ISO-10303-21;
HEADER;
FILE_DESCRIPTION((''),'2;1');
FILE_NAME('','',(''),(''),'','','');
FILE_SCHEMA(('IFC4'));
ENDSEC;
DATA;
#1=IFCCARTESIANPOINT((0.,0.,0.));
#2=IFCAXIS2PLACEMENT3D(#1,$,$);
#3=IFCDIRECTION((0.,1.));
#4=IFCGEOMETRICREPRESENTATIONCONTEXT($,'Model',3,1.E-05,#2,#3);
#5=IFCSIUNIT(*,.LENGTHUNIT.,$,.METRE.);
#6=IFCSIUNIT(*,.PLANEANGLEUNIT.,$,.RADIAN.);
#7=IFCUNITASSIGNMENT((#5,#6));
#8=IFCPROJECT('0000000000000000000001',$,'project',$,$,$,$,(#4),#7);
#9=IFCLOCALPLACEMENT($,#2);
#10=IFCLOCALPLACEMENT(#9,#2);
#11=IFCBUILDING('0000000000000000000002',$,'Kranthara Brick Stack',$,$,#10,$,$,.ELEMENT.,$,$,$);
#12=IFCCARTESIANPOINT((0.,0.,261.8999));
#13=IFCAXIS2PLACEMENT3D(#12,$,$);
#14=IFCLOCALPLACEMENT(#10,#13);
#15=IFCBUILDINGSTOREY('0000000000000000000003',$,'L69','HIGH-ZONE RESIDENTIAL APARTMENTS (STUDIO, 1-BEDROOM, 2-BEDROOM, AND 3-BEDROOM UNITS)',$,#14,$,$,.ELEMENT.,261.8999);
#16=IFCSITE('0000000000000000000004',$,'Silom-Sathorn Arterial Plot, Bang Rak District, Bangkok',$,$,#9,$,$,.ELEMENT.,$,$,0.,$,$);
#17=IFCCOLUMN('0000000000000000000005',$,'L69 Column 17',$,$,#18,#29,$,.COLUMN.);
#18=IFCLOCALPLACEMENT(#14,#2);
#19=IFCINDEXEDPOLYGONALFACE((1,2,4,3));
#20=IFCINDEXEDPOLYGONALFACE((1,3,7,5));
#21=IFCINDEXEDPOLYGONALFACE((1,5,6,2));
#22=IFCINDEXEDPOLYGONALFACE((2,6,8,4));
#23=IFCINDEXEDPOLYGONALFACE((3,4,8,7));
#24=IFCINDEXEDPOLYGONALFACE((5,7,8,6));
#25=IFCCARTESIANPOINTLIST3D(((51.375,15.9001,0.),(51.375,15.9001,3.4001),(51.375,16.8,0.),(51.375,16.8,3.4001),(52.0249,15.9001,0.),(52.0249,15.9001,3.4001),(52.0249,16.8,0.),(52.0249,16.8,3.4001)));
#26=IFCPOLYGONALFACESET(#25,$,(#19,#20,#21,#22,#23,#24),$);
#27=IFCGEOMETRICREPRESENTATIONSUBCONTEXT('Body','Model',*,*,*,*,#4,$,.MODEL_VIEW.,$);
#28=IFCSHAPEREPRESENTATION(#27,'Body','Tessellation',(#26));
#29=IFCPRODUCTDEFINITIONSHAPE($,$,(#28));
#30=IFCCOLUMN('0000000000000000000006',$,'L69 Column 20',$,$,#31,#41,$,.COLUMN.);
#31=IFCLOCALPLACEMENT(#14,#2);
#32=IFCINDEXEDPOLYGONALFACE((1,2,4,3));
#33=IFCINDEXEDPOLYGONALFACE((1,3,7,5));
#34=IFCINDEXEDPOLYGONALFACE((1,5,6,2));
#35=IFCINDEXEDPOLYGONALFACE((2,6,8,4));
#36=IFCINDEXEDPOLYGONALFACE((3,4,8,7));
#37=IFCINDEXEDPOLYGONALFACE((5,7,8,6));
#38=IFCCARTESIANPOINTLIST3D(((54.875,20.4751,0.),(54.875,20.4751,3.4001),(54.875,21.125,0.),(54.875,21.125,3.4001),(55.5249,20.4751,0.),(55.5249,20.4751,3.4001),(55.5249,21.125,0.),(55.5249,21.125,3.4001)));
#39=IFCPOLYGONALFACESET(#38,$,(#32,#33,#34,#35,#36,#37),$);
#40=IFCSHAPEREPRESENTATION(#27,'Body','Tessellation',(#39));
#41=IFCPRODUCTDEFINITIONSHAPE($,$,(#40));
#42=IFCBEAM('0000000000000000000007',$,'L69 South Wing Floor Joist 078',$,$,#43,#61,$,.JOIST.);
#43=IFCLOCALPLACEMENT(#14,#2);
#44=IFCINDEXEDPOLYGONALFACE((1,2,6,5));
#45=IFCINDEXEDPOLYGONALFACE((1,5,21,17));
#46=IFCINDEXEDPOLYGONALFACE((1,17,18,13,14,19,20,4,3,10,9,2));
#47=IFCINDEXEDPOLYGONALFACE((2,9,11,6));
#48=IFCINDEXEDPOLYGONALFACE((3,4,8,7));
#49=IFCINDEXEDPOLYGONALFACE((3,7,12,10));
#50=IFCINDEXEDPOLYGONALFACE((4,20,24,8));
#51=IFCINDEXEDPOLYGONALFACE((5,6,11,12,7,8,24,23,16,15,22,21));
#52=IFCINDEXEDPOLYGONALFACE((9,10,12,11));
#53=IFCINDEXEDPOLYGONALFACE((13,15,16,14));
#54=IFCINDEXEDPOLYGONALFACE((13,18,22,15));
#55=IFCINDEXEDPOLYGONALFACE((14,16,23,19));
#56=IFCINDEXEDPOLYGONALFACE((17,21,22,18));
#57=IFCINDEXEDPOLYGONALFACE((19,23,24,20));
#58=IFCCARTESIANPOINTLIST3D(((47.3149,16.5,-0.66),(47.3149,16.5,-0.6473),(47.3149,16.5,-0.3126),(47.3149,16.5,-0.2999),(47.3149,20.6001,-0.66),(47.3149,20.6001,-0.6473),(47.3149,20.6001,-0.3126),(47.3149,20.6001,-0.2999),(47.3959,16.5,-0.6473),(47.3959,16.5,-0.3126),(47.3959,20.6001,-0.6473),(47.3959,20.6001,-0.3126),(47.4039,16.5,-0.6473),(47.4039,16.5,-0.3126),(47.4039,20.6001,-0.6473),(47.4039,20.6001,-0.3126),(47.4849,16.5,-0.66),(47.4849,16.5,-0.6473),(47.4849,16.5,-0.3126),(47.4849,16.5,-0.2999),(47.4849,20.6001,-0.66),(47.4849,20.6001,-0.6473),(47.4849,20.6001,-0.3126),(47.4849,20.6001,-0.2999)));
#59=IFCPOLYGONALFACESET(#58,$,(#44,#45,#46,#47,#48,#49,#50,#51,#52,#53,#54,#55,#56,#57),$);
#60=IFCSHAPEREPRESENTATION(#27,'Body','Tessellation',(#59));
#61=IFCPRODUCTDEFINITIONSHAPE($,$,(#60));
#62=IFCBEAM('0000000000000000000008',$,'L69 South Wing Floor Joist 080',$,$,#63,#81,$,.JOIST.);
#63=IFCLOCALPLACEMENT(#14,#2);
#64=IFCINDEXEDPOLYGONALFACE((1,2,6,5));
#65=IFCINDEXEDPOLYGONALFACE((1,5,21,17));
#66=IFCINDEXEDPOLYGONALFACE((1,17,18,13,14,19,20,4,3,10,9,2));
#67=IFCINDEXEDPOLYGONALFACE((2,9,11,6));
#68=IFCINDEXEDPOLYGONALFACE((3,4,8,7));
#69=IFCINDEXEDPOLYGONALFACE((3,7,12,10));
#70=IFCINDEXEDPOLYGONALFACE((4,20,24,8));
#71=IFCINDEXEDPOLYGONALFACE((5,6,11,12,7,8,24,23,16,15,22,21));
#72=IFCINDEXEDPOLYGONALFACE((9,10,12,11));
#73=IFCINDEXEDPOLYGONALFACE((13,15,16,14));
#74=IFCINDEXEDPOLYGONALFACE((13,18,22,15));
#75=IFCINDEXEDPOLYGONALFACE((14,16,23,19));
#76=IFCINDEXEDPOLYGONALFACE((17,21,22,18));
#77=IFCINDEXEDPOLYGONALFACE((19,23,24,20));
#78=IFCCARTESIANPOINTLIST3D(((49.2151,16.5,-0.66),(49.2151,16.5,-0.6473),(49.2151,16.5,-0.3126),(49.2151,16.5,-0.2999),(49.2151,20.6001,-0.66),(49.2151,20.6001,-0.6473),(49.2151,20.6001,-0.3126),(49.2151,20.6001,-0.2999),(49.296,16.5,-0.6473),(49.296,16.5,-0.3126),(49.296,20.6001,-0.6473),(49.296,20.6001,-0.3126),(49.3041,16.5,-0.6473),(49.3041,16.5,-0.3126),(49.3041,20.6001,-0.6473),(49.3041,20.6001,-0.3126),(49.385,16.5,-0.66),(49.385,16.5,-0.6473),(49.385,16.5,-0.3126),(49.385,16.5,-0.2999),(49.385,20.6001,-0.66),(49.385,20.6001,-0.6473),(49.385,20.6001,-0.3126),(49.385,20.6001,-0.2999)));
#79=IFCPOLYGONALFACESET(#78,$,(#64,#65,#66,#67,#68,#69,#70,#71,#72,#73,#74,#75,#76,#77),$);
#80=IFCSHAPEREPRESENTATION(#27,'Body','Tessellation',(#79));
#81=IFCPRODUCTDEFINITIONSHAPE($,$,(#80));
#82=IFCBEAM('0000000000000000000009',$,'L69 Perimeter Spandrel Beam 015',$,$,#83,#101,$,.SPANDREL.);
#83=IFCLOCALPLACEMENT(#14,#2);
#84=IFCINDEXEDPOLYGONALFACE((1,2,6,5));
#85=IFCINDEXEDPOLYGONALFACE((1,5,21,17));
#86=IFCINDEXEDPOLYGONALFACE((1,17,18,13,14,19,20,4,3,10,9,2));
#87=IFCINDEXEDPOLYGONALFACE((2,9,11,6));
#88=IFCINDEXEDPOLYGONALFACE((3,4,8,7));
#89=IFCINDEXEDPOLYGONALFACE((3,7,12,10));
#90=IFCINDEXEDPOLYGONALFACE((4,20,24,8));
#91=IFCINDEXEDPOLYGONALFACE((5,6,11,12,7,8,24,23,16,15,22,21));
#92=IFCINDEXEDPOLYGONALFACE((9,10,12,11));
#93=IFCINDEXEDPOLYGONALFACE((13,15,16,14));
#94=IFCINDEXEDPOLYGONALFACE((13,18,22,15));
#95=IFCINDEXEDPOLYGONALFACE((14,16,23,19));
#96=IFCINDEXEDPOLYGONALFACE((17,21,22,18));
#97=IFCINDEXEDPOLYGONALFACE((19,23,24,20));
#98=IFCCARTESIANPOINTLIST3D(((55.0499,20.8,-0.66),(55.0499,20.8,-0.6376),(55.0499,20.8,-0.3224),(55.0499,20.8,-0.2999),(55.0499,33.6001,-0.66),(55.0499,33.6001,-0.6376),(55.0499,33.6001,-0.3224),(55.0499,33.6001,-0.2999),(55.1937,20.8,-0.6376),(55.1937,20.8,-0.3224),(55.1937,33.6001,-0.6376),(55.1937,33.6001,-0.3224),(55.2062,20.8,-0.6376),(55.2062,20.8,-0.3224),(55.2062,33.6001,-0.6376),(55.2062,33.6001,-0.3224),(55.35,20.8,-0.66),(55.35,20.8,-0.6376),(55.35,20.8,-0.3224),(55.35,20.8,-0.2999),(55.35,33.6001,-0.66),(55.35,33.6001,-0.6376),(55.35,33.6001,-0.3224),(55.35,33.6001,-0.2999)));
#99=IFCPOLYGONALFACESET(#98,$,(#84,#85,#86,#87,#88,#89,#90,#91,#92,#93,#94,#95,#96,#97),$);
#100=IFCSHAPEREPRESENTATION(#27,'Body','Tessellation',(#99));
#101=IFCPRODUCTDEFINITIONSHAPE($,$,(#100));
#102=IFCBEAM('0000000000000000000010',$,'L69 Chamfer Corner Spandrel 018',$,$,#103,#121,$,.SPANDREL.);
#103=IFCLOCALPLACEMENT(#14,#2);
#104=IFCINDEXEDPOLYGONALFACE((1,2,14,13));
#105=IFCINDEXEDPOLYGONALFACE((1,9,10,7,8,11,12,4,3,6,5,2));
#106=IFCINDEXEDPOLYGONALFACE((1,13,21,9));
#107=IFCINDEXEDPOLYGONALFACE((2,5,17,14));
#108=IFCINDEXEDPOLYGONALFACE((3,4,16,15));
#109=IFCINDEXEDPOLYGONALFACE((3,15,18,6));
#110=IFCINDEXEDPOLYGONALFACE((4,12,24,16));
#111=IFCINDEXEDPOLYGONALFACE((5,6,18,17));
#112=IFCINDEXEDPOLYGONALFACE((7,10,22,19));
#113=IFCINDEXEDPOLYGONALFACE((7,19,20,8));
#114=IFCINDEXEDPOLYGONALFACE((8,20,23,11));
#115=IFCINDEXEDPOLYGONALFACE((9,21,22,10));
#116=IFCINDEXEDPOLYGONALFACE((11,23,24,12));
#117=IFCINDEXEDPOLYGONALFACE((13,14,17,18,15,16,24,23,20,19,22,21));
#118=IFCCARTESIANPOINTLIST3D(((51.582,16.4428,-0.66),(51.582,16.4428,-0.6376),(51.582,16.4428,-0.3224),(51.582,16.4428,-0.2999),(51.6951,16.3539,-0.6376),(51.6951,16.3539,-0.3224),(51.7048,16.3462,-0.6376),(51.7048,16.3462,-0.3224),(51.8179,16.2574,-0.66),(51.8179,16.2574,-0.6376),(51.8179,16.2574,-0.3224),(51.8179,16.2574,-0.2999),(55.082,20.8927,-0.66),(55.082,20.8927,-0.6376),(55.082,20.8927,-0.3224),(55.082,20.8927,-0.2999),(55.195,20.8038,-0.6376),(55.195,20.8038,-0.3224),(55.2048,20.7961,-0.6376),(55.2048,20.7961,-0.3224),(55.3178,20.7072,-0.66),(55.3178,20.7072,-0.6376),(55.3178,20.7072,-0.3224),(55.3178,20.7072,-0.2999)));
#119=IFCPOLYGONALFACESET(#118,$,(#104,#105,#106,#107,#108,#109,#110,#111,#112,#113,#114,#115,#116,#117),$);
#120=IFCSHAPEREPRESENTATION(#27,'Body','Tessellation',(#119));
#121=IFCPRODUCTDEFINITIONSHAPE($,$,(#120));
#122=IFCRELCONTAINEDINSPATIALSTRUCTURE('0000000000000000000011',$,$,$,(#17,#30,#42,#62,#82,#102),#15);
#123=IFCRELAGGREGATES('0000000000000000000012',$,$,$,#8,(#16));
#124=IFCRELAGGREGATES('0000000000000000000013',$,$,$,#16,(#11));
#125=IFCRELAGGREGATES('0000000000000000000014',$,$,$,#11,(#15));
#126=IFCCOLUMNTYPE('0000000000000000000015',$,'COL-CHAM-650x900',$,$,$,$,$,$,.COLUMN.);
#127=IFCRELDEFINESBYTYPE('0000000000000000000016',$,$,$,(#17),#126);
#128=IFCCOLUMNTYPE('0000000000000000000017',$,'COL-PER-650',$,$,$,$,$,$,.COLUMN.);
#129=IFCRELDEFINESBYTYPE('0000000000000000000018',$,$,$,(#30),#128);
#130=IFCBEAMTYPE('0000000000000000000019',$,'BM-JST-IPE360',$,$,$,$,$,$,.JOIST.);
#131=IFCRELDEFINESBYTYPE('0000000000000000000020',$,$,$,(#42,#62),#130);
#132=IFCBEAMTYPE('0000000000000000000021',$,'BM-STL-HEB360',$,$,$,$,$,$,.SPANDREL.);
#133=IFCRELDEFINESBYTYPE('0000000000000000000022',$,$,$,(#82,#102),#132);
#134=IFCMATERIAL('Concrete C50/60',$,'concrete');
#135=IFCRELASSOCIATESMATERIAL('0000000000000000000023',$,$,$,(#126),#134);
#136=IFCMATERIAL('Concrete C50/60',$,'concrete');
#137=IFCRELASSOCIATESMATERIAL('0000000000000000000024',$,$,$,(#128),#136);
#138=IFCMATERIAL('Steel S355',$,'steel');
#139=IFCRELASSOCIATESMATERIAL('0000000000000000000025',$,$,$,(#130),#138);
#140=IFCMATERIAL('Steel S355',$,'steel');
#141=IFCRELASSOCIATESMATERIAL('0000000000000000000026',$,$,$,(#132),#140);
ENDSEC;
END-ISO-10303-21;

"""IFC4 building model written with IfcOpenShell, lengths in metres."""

from ifc_helpers import new_model, si_unit, direction, frame, origin, origin_2d, place, context, subcontext, project, spatial, rectangle, i_section, extrude, material, material_profile, profile_set, type_object, element, save


model = new_model("IFC4")

# Units and contexts
model_context = context("Model", 3, precision=1e-05, world=origin(), true_north=direction((0.0, 1.0)))
body_context = subcontext(model_context, "Body", "Model", "MODEL_VIEW")
ifc_project = project(units=[si_unit("LENGTHUNIT", "METRE"), si_unit("PLANEANGLEUNIT", "RADIAN")], contexts=[model_context])

# Site, building, storey
site_placement = place(None, origin())
site = spatial("IfcSite", under=ifc_project, at=site_placement, Name="Silom-Sathorn Arterial Plot, Bang Rak District, Bangkok", CompositionType="ELEMENT", RefElevation=0.0)
building_placement = place(site_placement, origin())
building = spatial("IfcBuilding", under=site, at=building_placement, Name="Kranthara Brick Stack", CompositionType="ELEMENT")
storey_placement = place(building_placement, frame((0.0, 0.0, 261.8999)))
storey = spatial("IfcBuildingStorey", under=building, at=storey_placement, Name="L69", Description="HIGH-ZONE RESIDENTIAL APARTMENTS (STUDIO, 1-BEDROOM, 2-BEDROOM, AND 3-BEDROOM UNITS)", CompositionType="ELEMENT", Elevation=261.8999)

# Columns
ifc_material_1 = material(Name="Concrete C50/60", Category="concrete")
ifc_material_profile_1 = material_profile(ifc_material_1, rectangle(XDim=0.6499, YDim=0.8999, at=origin_2d()), Name="RC 650x900")
ifc_profile_set_1 = profile_set([ifc_material_profile_1], Name="Concrete C50/60")
column_type_1 = type_object("IfcColumnType", Name="COL-CHAM-650x900", PredefinedType="COLUMN", material=ifc_profile_set_1)
column_1_placement = place(storey_placement, frame((51.7, 16.3501, 0.0), z_axis=(0.0, 0.0, 1.0), x_axis=(1.0, 0.0, 0.0)))
element("IfcColumn", 1, at=column_1_placement, inside=storey, type_object=column_type_1, Name="L69 Column 17", PredefinedType="COLUMN", context=body_context, shape_type="SweptSolid", body=[
    extrude(rectangle(XDim=0.6499, YDim=0.8999, at=origin_2d()), origin(), (0.0, 0.0, 1.0), 3.4001),
])
ifc_material_2 = material(Name="Concrete C50/60", Category="concrete")
ifc_material_profile_2 = material_profile(ifc_material_2, rectangle(XDim=0.6499, YDim=0.6499, at=origin_2d()), Name="RC 650x650")
ifc_profile_set_2 = profile_set([ifc_material_profile_2], Name="Concrete C50/60")
column_type_2 = type_object("IfcColumnType", Name="COL-PER-650", PredefinedType="COLUMN", material=ifc_profile_set_2)
column_2_placement = place(storey_placement, frame((55.2, 20.8, 0.0), z_axis=(0.0, 0.0, 1.0), x_axis=(1.0, 0.0, 0.0)))
element("IfcColumn", 2, at=column_2_placement, inside=storey, type_object=column_type_2, Name="L69 Column 20", PredefinedType="COLUMN", context=body_context, shape_type="SweptSolid", body=[
    extrude(rectangle(XDim=0.6499, YDim=0.6499, at=origin_2d()), origin(), (0.0, 0.0, 1.0), 3.4001),
])

# Beams
ifc_material_3 = material(Name="Steel S355", Category="steel")
ifc_material_profile_3 = material_profile(ifc_material_3, i_section(OverallWidth=0.1699, OverallDepth=0.3601, WebThickness=0.0081, FlangeThickness=0.0127, at=origin_2d()), Name="IPE 360")
ifc_profile_set_3 = profile_set([ifc_material_profile_3], Name="Steel S355")
beam_type_1 = type_object("IfcBeamType", Name="BM-JST-IPE360", PredefinedType="JOIST", material=ifc_profile_set_3)
for number, where, z_axis, x_axis, name in (
    (3, (47.3999, 16.5, -0.48), (0.0, 1.0, 0.0), (-1.0, 0.0, 0.0), "L69 South Wing Floor Joist 078"),
    (4, (49.3, 16.5, -0.48), (0.0, 1.0, 0.0), (-1.0, 0.0, 0.0), "L69 South Wing Floor Joist 080"),
):
    element("IfcBeam", number, at=place(storey_placement, frame(where, z_axis=z_axis, x_axis=x_axis)), inside=storey, type_object=beam_type_1, Name=name, PredefinedType="JOIST", context=body_context, shape_type="SweptSolid", body=[
        extrude(i_section(OverallWidth=0.1699, OverallDepth=0.3601, WebThickness=0.0081, FlangeThickness=0.0127, at=origin_2d()), origin(), (0.0, 0.0, 1.0), 4.1001),
    ])
ifc_material_4 = material(Name="Steel S355", Category="steel")
ifc_material_profile_4 = material_profile(ifc_material_4, i_section(OverallWidth=0.3, OverallDepth=0.3601, WebThickness=0.0125, FlangeThickness=0.0225, at=origin_2d()), Name="HEB 360")
ifc_profile_set_4 = profile_set([ifc_material_profile_4], Name="Steel S355")
beam_type_2 = type_object("IfcBeamType", Name="BM-STL-HEB360", PredefinedType="SPANDREL", material=ifc_profile_set_4)
beam_1_placement = place(storey_placement, frame((55.2, 20.8, -0.48), z_axis=(0.0, 1.0, 0.0), x_axis=(-1.0, 0.0, 0.0)))
element("IfcBeam", 5, at=beam_1_placement, inside=storey, type_object=beam_type_2, Name="L69 Perimeter Spandrel Beam 015", PredefinedType="SPANDREL", context=body_context, shape_type="SweptSolid", body=[
    extrude(i_section(OverallWidth=0.3, OverallDepth=0.3601, WebThickness=0.0125, FlangeThickness=0.0225, at=origin_2d()), origin(), (0.0, 0.0, 1.0), 12.8),
])
beam_2_placement = place(storey_placement, frame((51.7, 16.3501, -0.48), z_axis=(0.618216, 0.786008, 0.0), x_axis=(-0.786008, 0.618216, 0.0)))
element("IfcBeam", 6, at=beam_2_placement, inside=storey, type_object=beam_type_2, Name="L69 Chamfer Corner Spandrel 018", PredefinedType="SPANDREL", context=body_context, shape_type="SweptSolid", body=[
    extrude(i_section(OverallWidth=0.3, OverallDepth=0.3601, WebThickness=0.0125, FlangeThickness=0.0225, at=origin_2d()), origin(), (0.0, 0.0, 1.0), 5.6614),
])

save(model, "model.ifc")
